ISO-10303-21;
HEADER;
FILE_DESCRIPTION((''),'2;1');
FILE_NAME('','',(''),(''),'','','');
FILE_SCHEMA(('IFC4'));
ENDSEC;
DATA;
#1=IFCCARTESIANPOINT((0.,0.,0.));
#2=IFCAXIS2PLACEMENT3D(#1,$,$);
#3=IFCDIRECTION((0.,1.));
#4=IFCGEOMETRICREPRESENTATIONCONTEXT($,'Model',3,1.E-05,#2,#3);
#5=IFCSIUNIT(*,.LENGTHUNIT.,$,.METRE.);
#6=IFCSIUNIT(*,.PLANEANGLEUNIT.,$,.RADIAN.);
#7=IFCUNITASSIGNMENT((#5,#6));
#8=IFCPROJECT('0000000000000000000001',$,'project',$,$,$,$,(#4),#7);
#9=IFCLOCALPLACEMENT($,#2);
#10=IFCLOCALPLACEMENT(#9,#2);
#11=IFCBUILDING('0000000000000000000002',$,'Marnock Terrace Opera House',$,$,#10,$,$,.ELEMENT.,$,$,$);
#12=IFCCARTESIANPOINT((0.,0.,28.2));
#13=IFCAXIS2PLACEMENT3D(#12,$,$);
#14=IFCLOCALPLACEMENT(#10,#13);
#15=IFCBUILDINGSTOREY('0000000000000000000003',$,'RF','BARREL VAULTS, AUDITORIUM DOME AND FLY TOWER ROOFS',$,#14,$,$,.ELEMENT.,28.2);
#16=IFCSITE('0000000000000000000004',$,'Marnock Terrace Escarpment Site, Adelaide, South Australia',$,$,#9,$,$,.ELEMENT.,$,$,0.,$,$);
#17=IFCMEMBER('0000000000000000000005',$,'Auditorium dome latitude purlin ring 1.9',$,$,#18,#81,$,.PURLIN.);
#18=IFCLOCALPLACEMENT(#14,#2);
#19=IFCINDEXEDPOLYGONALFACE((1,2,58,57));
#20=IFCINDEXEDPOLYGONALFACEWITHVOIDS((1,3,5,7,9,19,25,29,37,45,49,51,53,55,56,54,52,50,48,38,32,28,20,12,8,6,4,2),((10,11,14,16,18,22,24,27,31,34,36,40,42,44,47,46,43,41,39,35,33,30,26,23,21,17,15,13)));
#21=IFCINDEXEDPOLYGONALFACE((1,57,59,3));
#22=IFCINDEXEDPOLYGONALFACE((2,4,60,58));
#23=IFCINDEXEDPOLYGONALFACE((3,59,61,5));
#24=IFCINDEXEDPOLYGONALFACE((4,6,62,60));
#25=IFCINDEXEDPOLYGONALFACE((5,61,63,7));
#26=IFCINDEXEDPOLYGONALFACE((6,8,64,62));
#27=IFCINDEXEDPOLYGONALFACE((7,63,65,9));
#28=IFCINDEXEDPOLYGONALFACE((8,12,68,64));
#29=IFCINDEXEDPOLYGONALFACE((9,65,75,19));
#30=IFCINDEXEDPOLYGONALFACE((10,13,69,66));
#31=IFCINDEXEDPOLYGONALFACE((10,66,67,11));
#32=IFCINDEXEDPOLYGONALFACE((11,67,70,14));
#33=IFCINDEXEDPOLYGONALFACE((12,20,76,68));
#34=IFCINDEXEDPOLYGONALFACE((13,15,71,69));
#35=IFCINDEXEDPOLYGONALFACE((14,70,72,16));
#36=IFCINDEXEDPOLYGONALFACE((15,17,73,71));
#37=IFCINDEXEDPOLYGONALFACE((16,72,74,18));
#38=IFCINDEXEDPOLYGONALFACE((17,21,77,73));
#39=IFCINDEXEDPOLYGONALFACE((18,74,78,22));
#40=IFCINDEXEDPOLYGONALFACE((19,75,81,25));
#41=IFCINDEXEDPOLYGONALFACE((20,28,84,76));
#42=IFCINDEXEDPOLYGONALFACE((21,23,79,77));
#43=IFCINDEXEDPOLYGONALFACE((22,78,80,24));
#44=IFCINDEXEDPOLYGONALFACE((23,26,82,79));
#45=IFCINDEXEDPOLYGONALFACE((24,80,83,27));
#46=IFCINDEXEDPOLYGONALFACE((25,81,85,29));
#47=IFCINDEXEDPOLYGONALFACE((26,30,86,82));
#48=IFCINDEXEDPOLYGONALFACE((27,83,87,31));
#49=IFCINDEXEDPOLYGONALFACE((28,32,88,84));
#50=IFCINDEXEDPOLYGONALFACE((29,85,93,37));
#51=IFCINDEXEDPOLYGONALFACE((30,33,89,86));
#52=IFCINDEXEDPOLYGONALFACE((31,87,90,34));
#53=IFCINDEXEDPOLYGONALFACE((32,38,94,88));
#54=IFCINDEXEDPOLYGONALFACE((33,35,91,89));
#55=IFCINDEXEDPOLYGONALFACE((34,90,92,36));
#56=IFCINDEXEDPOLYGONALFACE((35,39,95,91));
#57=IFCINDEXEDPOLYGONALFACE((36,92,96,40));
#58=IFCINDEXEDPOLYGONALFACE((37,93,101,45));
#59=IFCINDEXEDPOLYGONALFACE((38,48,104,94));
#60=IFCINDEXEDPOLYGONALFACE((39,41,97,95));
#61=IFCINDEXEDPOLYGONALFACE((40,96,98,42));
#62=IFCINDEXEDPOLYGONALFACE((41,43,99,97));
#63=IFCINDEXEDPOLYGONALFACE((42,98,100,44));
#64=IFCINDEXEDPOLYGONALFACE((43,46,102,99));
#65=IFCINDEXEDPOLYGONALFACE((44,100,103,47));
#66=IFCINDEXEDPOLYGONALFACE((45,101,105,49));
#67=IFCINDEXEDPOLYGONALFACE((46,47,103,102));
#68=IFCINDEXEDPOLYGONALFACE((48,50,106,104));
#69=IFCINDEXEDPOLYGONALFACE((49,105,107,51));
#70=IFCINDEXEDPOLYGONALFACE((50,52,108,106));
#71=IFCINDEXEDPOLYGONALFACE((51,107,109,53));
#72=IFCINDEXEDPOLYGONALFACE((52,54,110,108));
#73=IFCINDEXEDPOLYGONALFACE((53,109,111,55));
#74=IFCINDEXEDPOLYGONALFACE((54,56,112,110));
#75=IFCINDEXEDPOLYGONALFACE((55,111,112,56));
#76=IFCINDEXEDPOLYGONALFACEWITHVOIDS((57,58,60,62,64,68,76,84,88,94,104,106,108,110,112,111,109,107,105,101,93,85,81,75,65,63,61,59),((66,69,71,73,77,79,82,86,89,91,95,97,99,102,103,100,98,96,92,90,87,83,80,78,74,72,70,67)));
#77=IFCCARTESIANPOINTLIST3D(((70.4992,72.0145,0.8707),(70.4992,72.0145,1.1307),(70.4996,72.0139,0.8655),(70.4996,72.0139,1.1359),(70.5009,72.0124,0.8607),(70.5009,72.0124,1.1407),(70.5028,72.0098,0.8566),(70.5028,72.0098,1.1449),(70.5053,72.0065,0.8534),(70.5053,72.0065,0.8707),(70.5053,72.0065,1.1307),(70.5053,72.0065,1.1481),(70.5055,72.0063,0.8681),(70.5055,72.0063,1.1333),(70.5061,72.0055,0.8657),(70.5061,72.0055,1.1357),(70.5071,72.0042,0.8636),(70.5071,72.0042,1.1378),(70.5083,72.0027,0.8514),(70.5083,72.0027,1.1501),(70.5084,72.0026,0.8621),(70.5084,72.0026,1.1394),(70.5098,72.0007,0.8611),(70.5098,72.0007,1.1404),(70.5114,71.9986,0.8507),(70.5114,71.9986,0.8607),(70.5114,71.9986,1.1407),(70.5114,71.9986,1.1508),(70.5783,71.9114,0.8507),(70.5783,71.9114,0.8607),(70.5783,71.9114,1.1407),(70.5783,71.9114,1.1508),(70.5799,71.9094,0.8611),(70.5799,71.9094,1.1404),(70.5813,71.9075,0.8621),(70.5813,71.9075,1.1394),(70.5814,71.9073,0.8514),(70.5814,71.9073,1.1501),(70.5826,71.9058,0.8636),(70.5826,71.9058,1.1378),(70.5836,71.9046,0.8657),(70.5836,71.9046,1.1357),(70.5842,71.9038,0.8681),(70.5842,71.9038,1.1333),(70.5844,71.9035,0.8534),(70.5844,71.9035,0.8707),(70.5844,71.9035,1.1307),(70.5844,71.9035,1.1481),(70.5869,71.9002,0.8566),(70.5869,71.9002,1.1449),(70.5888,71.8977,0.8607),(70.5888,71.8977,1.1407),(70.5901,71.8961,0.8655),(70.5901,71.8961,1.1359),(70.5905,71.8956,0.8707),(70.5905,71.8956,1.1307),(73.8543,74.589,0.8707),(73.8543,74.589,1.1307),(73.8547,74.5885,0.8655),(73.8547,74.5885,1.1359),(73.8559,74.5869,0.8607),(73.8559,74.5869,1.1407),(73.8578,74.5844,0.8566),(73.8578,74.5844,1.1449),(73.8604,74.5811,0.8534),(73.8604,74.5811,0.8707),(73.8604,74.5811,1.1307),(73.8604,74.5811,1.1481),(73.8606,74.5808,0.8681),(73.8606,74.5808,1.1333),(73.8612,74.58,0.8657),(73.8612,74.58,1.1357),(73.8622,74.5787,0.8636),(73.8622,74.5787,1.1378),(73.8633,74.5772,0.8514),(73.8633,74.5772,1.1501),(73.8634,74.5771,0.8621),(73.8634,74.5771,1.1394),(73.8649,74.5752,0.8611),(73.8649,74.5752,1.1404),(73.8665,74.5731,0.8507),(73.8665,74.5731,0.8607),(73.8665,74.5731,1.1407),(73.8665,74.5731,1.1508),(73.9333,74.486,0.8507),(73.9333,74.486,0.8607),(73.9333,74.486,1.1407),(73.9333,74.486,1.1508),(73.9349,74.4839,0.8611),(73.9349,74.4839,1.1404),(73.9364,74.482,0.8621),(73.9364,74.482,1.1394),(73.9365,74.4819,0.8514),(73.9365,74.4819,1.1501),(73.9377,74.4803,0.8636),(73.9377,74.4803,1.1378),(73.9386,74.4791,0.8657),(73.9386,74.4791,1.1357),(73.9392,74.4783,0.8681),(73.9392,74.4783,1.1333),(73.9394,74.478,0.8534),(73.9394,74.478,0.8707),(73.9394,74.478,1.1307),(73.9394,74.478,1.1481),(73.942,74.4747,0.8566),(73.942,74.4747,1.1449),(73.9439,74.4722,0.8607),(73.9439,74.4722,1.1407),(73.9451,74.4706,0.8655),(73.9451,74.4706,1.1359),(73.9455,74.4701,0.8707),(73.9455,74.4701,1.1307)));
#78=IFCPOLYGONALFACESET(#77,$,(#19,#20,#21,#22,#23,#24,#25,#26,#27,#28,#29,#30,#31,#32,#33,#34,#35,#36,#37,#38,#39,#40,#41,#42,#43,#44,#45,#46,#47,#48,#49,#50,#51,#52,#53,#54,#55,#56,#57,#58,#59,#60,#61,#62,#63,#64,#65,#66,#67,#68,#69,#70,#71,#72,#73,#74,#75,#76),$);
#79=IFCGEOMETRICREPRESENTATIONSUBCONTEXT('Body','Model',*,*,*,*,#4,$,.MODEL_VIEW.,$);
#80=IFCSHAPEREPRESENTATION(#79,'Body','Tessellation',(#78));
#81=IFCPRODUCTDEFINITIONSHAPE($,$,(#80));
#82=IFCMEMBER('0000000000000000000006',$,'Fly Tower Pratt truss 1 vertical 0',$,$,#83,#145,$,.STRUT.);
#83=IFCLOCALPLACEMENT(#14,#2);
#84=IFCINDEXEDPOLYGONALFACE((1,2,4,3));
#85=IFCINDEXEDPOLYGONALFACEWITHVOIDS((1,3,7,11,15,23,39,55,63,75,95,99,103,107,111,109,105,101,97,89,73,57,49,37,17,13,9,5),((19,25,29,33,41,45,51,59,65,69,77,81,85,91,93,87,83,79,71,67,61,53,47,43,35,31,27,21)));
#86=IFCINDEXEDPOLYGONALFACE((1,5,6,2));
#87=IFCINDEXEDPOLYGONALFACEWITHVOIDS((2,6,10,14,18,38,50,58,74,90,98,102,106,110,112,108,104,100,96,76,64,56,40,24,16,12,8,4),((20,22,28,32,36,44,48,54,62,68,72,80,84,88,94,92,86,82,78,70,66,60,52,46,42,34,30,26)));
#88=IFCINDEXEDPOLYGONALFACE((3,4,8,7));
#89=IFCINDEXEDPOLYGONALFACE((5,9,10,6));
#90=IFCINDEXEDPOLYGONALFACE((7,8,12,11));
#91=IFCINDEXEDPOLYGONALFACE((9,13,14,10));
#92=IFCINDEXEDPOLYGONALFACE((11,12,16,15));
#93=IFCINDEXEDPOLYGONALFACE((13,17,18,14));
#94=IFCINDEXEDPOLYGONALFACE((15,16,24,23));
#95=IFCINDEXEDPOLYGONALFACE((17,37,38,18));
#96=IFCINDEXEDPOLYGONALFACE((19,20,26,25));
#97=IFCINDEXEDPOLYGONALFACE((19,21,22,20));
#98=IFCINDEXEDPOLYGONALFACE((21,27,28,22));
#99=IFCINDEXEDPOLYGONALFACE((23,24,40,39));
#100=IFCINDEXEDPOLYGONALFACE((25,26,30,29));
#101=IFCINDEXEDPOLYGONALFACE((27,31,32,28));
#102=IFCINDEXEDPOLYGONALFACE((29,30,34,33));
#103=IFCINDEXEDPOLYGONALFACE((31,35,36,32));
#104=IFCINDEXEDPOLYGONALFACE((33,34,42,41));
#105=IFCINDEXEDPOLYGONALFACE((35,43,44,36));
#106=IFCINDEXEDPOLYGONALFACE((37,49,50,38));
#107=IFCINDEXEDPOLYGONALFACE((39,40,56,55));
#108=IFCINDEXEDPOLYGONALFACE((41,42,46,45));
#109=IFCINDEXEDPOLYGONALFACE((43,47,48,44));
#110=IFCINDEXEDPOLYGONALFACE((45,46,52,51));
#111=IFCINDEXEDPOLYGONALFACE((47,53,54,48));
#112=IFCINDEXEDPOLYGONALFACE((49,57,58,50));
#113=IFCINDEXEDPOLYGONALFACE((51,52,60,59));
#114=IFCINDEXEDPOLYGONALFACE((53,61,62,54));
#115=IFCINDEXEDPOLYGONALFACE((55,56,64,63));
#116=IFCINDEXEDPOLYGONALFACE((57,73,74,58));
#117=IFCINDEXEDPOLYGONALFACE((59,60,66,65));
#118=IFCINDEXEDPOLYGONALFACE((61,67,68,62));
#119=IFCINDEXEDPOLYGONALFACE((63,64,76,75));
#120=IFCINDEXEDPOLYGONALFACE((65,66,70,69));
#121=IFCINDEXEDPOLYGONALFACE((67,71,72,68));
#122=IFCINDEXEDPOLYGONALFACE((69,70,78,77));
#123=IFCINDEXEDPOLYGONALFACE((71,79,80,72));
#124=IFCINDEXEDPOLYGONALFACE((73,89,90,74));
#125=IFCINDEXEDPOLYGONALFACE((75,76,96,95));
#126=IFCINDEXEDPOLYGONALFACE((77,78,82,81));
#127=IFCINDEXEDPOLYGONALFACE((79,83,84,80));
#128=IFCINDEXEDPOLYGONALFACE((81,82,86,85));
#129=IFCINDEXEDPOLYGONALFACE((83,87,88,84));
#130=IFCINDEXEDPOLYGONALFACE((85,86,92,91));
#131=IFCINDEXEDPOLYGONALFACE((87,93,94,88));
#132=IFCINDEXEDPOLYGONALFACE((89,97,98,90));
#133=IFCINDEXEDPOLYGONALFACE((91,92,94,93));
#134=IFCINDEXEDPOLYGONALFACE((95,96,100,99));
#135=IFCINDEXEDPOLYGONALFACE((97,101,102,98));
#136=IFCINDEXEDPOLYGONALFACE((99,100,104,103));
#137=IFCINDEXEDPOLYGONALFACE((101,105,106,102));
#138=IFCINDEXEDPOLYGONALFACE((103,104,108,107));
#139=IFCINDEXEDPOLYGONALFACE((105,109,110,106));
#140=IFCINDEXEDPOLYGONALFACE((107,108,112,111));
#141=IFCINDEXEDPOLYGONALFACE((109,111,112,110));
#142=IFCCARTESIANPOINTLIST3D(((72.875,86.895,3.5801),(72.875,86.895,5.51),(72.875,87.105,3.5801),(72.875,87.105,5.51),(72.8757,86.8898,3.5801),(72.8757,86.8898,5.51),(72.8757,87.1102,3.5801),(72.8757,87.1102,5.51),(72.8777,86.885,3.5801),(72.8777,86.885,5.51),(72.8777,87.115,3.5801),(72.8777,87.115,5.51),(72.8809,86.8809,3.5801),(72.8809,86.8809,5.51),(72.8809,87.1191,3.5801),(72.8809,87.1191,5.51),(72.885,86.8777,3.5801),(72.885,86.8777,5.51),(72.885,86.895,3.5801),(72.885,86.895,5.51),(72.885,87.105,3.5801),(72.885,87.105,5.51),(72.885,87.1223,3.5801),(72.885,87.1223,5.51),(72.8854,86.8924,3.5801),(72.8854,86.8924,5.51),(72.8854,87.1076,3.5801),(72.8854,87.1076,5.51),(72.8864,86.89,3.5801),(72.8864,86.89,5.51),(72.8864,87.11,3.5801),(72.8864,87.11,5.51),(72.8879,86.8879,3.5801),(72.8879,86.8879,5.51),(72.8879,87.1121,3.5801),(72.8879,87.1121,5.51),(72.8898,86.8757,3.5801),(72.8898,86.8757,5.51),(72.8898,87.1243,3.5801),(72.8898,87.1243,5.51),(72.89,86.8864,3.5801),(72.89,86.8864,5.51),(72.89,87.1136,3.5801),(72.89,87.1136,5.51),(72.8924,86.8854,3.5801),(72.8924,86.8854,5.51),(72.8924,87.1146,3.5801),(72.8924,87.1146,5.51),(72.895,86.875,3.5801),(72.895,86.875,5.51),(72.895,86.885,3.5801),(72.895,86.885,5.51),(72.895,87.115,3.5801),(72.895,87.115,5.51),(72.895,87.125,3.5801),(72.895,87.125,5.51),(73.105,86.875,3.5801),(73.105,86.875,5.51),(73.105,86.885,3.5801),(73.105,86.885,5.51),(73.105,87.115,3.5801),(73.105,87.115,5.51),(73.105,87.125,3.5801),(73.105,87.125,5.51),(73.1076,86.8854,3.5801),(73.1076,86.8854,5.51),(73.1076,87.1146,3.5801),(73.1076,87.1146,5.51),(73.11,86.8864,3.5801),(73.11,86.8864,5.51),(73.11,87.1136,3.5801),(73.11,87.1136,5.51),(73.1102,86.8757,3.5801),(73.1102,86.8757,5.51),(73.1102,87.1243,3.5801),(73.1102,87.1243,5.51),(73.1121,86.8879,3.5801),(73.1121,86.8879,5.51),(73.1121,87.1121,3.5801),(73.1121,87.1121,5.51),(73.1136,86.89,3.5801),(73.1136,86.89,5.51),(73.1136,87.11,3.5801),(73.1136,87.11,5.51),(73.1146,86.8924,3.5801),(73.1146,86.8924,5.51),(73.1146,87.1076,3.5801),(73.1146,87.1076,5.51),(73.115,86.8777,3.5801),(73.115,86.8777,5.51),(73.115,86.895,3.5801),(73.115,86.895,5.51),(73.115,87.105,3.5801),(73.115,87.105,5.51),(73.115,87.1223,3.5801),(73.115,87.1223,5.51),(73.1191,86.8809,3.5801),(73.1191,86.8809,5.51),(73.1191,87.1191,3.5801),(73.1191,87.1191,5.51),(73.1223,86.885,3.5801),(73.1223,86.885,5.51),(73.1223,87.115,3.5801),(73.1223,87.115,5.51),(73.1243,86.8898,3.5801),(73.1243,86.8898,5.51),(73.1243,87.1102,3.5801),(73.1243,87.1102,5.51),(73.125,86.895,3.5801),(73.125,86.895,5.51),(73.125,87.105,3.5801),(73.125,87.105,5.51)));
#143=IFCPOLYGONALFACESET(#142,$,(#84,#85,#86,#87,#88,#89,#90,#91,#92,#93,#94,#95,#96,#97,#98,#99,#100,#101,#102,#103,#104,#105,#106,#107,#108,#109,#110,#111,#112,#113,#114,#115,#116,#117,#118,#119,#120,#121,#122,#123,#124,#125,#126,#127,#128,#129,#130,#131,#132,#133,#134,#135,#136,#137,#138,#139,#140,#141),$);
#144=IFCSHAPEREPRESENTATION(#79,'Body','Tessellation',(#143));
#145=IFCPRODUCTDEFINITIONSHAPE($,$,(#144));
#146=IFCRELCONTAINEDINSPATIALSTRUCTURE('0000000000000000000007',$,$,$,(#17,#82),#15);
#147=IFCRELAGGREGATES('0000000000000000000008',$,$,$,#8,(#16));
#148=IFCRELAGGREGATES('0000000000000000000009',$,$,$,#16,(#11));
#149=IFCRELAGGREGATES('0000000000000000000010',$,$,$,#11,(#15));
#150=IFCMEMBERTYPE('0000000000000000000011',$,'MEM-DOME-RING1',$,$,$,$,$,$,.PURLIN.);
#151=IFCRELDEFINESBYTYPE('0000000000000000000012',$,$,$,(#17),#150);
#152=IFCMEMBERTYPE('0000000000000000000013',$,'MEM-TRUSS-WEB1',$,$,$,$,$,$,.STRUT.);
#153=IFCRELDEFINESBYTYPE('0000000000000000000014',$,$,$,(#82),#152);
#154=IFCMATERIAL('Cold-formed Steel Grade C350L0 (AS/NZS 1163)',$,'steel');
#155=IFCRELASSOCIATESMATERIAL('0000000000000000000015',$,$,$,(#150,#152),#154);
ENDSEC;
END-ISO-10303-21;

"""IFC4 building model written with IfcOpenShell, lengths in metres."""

from ifc_helpers import new_model, si_unit, direction, frame, origin, origin_2d, place, context, subcontext, project, spatial, hollow_rectangle, extrude, material, material_profile, profile_set, type_object, element, save


model = new_model("IFC4")

# Units and contexts
model_context = context("Model", 3, precision=1e-05, world=origin(), true_north=direction((0.0, 1.0)))
body_context = subcontext(model_context, "Body", "Model", "MODEL_VIEW")
ifc_project = project(units=[si_unit("LENGTHUNIT", "METRE"), si_unit("PLANEANGLEUNIT", "RADIAN")], contexts=[model_context])

# Site, building, storey
site_placement = place(None, origin())
site = spatial("IfcSite", under=ifc_project, at=site_placement, Name="Marnock Terrace Escarpment Site, Adelaide, South Australia", CompositionType="ELEMENT", RefElevation=0.0)
building_placement = place(site_placement, origin())
building = spatial("IfcBuilding", under=site, at=building_placement, Name="Marnock Terrace Opera House", CompositionType="ELEMENT")
storey_placement = place(building_placement, frame((0.0, 0.0, 28.2)))
storey = spatial("IfcBuildingStorey", under=building, at=storey_placement, Name="RF", Description="BARREL VAULTS, AUDITORIUM DOME AND FLY TOWER ROOFS", CompositionType="ELEMENT", Elevation=28.2)

# Members
ifc_material_1 = material(Name="Cold-formed Steel Grade C350L0 (AS/NZS 1163)", Category="steel")
ifc_material_profile_1 = material_profile(ifc_material_1, hollow_rectangle(XDim=0.1499, YDim=0.3, WallThickness=0.01, InnerFilletRadius=0.01, OuterFilletRadius=0.02, at=origin_2d()))
ifc_profile_set_1 = profile_set([ifc_material_profile_1], Name="Cold-formed Steel Grade C350L0 (AS/NZS 1163)")
member_type_1 = type_object("IfcMemberType", Name="MEM-DOME-RING1", PredefinedType="PURLIN", material=ifc_profile_set_1)
member_1_placement = place(storey_placement, frame((73.8999, 74.5295, 1.0007), z_axis=(-0.793342, -0.608776, 0.0), x_axis=(0.608776, -0.793342, 0.0)))
element("IfcMember", 1, at=member_1_placement, inside=storey, type_object=member_type_1, Name="Auditorium dome latitude purlin ring 1.9", PredefinedType="PURLIN", context=body_context, shape_type="SweptSolid", body=[
    extrude(hollow_rectangle(XDim=0.1499, YDim=0.3, WallThickness=0.01, InnerFilletRadius=0.01, OuterFilletRadius=0.02, at=origin_2d()), origin(), (0.0, 0.0, 1.0), 4.229),
])
ifc_material_profile_2 = material_profile(ifc_material_1, hollow_rectangle(XDim=0.25, YDim=0.25, WallThickness=0.01, InnerFilletRadius=0.01, OuterFilletRadius=0.02, at=origin_2d()))
ifc_profile_set_2 = profile_set([ifc_material_profile_2], Name="Cold-formed Steel Grade C350L0 (AS/NZS 1163)")
member_type_2 = type_object("IfcMemberType", Name="MEM-TRUSS-WEB1", PredefinedType="STRUT", material=ifc_profile_set_2)
for number, where, z_axis, x_axis, name in (
    (2, (73.0, 87.0, 3.5801), (0.0, 0.0, 1.0), (1.0, 0.0, 0.0), "Fly Tower Pratt truss 1 vertical 0"),
):
    element("IfcMember", number, at=place(storey_placement, frame(where, z_axis=z_axis, x_axis=x_axis)), inside=storey, type_object=member_type_2, Name=name, PredefinedType="STRUT", context=body_context, shape_type="SweptSolid", body=[
        extrude(hollow_rectangle(XDim=0.25, YDim=0.25, WallThickness=0.01, InnerFilletRadius=0.01, OuterFilletRadius=0.02, at=origin_2d()), origin(), (0.0, 0.0, 1.0), 1.9299),
    ])

save(model, "model.ifc")
